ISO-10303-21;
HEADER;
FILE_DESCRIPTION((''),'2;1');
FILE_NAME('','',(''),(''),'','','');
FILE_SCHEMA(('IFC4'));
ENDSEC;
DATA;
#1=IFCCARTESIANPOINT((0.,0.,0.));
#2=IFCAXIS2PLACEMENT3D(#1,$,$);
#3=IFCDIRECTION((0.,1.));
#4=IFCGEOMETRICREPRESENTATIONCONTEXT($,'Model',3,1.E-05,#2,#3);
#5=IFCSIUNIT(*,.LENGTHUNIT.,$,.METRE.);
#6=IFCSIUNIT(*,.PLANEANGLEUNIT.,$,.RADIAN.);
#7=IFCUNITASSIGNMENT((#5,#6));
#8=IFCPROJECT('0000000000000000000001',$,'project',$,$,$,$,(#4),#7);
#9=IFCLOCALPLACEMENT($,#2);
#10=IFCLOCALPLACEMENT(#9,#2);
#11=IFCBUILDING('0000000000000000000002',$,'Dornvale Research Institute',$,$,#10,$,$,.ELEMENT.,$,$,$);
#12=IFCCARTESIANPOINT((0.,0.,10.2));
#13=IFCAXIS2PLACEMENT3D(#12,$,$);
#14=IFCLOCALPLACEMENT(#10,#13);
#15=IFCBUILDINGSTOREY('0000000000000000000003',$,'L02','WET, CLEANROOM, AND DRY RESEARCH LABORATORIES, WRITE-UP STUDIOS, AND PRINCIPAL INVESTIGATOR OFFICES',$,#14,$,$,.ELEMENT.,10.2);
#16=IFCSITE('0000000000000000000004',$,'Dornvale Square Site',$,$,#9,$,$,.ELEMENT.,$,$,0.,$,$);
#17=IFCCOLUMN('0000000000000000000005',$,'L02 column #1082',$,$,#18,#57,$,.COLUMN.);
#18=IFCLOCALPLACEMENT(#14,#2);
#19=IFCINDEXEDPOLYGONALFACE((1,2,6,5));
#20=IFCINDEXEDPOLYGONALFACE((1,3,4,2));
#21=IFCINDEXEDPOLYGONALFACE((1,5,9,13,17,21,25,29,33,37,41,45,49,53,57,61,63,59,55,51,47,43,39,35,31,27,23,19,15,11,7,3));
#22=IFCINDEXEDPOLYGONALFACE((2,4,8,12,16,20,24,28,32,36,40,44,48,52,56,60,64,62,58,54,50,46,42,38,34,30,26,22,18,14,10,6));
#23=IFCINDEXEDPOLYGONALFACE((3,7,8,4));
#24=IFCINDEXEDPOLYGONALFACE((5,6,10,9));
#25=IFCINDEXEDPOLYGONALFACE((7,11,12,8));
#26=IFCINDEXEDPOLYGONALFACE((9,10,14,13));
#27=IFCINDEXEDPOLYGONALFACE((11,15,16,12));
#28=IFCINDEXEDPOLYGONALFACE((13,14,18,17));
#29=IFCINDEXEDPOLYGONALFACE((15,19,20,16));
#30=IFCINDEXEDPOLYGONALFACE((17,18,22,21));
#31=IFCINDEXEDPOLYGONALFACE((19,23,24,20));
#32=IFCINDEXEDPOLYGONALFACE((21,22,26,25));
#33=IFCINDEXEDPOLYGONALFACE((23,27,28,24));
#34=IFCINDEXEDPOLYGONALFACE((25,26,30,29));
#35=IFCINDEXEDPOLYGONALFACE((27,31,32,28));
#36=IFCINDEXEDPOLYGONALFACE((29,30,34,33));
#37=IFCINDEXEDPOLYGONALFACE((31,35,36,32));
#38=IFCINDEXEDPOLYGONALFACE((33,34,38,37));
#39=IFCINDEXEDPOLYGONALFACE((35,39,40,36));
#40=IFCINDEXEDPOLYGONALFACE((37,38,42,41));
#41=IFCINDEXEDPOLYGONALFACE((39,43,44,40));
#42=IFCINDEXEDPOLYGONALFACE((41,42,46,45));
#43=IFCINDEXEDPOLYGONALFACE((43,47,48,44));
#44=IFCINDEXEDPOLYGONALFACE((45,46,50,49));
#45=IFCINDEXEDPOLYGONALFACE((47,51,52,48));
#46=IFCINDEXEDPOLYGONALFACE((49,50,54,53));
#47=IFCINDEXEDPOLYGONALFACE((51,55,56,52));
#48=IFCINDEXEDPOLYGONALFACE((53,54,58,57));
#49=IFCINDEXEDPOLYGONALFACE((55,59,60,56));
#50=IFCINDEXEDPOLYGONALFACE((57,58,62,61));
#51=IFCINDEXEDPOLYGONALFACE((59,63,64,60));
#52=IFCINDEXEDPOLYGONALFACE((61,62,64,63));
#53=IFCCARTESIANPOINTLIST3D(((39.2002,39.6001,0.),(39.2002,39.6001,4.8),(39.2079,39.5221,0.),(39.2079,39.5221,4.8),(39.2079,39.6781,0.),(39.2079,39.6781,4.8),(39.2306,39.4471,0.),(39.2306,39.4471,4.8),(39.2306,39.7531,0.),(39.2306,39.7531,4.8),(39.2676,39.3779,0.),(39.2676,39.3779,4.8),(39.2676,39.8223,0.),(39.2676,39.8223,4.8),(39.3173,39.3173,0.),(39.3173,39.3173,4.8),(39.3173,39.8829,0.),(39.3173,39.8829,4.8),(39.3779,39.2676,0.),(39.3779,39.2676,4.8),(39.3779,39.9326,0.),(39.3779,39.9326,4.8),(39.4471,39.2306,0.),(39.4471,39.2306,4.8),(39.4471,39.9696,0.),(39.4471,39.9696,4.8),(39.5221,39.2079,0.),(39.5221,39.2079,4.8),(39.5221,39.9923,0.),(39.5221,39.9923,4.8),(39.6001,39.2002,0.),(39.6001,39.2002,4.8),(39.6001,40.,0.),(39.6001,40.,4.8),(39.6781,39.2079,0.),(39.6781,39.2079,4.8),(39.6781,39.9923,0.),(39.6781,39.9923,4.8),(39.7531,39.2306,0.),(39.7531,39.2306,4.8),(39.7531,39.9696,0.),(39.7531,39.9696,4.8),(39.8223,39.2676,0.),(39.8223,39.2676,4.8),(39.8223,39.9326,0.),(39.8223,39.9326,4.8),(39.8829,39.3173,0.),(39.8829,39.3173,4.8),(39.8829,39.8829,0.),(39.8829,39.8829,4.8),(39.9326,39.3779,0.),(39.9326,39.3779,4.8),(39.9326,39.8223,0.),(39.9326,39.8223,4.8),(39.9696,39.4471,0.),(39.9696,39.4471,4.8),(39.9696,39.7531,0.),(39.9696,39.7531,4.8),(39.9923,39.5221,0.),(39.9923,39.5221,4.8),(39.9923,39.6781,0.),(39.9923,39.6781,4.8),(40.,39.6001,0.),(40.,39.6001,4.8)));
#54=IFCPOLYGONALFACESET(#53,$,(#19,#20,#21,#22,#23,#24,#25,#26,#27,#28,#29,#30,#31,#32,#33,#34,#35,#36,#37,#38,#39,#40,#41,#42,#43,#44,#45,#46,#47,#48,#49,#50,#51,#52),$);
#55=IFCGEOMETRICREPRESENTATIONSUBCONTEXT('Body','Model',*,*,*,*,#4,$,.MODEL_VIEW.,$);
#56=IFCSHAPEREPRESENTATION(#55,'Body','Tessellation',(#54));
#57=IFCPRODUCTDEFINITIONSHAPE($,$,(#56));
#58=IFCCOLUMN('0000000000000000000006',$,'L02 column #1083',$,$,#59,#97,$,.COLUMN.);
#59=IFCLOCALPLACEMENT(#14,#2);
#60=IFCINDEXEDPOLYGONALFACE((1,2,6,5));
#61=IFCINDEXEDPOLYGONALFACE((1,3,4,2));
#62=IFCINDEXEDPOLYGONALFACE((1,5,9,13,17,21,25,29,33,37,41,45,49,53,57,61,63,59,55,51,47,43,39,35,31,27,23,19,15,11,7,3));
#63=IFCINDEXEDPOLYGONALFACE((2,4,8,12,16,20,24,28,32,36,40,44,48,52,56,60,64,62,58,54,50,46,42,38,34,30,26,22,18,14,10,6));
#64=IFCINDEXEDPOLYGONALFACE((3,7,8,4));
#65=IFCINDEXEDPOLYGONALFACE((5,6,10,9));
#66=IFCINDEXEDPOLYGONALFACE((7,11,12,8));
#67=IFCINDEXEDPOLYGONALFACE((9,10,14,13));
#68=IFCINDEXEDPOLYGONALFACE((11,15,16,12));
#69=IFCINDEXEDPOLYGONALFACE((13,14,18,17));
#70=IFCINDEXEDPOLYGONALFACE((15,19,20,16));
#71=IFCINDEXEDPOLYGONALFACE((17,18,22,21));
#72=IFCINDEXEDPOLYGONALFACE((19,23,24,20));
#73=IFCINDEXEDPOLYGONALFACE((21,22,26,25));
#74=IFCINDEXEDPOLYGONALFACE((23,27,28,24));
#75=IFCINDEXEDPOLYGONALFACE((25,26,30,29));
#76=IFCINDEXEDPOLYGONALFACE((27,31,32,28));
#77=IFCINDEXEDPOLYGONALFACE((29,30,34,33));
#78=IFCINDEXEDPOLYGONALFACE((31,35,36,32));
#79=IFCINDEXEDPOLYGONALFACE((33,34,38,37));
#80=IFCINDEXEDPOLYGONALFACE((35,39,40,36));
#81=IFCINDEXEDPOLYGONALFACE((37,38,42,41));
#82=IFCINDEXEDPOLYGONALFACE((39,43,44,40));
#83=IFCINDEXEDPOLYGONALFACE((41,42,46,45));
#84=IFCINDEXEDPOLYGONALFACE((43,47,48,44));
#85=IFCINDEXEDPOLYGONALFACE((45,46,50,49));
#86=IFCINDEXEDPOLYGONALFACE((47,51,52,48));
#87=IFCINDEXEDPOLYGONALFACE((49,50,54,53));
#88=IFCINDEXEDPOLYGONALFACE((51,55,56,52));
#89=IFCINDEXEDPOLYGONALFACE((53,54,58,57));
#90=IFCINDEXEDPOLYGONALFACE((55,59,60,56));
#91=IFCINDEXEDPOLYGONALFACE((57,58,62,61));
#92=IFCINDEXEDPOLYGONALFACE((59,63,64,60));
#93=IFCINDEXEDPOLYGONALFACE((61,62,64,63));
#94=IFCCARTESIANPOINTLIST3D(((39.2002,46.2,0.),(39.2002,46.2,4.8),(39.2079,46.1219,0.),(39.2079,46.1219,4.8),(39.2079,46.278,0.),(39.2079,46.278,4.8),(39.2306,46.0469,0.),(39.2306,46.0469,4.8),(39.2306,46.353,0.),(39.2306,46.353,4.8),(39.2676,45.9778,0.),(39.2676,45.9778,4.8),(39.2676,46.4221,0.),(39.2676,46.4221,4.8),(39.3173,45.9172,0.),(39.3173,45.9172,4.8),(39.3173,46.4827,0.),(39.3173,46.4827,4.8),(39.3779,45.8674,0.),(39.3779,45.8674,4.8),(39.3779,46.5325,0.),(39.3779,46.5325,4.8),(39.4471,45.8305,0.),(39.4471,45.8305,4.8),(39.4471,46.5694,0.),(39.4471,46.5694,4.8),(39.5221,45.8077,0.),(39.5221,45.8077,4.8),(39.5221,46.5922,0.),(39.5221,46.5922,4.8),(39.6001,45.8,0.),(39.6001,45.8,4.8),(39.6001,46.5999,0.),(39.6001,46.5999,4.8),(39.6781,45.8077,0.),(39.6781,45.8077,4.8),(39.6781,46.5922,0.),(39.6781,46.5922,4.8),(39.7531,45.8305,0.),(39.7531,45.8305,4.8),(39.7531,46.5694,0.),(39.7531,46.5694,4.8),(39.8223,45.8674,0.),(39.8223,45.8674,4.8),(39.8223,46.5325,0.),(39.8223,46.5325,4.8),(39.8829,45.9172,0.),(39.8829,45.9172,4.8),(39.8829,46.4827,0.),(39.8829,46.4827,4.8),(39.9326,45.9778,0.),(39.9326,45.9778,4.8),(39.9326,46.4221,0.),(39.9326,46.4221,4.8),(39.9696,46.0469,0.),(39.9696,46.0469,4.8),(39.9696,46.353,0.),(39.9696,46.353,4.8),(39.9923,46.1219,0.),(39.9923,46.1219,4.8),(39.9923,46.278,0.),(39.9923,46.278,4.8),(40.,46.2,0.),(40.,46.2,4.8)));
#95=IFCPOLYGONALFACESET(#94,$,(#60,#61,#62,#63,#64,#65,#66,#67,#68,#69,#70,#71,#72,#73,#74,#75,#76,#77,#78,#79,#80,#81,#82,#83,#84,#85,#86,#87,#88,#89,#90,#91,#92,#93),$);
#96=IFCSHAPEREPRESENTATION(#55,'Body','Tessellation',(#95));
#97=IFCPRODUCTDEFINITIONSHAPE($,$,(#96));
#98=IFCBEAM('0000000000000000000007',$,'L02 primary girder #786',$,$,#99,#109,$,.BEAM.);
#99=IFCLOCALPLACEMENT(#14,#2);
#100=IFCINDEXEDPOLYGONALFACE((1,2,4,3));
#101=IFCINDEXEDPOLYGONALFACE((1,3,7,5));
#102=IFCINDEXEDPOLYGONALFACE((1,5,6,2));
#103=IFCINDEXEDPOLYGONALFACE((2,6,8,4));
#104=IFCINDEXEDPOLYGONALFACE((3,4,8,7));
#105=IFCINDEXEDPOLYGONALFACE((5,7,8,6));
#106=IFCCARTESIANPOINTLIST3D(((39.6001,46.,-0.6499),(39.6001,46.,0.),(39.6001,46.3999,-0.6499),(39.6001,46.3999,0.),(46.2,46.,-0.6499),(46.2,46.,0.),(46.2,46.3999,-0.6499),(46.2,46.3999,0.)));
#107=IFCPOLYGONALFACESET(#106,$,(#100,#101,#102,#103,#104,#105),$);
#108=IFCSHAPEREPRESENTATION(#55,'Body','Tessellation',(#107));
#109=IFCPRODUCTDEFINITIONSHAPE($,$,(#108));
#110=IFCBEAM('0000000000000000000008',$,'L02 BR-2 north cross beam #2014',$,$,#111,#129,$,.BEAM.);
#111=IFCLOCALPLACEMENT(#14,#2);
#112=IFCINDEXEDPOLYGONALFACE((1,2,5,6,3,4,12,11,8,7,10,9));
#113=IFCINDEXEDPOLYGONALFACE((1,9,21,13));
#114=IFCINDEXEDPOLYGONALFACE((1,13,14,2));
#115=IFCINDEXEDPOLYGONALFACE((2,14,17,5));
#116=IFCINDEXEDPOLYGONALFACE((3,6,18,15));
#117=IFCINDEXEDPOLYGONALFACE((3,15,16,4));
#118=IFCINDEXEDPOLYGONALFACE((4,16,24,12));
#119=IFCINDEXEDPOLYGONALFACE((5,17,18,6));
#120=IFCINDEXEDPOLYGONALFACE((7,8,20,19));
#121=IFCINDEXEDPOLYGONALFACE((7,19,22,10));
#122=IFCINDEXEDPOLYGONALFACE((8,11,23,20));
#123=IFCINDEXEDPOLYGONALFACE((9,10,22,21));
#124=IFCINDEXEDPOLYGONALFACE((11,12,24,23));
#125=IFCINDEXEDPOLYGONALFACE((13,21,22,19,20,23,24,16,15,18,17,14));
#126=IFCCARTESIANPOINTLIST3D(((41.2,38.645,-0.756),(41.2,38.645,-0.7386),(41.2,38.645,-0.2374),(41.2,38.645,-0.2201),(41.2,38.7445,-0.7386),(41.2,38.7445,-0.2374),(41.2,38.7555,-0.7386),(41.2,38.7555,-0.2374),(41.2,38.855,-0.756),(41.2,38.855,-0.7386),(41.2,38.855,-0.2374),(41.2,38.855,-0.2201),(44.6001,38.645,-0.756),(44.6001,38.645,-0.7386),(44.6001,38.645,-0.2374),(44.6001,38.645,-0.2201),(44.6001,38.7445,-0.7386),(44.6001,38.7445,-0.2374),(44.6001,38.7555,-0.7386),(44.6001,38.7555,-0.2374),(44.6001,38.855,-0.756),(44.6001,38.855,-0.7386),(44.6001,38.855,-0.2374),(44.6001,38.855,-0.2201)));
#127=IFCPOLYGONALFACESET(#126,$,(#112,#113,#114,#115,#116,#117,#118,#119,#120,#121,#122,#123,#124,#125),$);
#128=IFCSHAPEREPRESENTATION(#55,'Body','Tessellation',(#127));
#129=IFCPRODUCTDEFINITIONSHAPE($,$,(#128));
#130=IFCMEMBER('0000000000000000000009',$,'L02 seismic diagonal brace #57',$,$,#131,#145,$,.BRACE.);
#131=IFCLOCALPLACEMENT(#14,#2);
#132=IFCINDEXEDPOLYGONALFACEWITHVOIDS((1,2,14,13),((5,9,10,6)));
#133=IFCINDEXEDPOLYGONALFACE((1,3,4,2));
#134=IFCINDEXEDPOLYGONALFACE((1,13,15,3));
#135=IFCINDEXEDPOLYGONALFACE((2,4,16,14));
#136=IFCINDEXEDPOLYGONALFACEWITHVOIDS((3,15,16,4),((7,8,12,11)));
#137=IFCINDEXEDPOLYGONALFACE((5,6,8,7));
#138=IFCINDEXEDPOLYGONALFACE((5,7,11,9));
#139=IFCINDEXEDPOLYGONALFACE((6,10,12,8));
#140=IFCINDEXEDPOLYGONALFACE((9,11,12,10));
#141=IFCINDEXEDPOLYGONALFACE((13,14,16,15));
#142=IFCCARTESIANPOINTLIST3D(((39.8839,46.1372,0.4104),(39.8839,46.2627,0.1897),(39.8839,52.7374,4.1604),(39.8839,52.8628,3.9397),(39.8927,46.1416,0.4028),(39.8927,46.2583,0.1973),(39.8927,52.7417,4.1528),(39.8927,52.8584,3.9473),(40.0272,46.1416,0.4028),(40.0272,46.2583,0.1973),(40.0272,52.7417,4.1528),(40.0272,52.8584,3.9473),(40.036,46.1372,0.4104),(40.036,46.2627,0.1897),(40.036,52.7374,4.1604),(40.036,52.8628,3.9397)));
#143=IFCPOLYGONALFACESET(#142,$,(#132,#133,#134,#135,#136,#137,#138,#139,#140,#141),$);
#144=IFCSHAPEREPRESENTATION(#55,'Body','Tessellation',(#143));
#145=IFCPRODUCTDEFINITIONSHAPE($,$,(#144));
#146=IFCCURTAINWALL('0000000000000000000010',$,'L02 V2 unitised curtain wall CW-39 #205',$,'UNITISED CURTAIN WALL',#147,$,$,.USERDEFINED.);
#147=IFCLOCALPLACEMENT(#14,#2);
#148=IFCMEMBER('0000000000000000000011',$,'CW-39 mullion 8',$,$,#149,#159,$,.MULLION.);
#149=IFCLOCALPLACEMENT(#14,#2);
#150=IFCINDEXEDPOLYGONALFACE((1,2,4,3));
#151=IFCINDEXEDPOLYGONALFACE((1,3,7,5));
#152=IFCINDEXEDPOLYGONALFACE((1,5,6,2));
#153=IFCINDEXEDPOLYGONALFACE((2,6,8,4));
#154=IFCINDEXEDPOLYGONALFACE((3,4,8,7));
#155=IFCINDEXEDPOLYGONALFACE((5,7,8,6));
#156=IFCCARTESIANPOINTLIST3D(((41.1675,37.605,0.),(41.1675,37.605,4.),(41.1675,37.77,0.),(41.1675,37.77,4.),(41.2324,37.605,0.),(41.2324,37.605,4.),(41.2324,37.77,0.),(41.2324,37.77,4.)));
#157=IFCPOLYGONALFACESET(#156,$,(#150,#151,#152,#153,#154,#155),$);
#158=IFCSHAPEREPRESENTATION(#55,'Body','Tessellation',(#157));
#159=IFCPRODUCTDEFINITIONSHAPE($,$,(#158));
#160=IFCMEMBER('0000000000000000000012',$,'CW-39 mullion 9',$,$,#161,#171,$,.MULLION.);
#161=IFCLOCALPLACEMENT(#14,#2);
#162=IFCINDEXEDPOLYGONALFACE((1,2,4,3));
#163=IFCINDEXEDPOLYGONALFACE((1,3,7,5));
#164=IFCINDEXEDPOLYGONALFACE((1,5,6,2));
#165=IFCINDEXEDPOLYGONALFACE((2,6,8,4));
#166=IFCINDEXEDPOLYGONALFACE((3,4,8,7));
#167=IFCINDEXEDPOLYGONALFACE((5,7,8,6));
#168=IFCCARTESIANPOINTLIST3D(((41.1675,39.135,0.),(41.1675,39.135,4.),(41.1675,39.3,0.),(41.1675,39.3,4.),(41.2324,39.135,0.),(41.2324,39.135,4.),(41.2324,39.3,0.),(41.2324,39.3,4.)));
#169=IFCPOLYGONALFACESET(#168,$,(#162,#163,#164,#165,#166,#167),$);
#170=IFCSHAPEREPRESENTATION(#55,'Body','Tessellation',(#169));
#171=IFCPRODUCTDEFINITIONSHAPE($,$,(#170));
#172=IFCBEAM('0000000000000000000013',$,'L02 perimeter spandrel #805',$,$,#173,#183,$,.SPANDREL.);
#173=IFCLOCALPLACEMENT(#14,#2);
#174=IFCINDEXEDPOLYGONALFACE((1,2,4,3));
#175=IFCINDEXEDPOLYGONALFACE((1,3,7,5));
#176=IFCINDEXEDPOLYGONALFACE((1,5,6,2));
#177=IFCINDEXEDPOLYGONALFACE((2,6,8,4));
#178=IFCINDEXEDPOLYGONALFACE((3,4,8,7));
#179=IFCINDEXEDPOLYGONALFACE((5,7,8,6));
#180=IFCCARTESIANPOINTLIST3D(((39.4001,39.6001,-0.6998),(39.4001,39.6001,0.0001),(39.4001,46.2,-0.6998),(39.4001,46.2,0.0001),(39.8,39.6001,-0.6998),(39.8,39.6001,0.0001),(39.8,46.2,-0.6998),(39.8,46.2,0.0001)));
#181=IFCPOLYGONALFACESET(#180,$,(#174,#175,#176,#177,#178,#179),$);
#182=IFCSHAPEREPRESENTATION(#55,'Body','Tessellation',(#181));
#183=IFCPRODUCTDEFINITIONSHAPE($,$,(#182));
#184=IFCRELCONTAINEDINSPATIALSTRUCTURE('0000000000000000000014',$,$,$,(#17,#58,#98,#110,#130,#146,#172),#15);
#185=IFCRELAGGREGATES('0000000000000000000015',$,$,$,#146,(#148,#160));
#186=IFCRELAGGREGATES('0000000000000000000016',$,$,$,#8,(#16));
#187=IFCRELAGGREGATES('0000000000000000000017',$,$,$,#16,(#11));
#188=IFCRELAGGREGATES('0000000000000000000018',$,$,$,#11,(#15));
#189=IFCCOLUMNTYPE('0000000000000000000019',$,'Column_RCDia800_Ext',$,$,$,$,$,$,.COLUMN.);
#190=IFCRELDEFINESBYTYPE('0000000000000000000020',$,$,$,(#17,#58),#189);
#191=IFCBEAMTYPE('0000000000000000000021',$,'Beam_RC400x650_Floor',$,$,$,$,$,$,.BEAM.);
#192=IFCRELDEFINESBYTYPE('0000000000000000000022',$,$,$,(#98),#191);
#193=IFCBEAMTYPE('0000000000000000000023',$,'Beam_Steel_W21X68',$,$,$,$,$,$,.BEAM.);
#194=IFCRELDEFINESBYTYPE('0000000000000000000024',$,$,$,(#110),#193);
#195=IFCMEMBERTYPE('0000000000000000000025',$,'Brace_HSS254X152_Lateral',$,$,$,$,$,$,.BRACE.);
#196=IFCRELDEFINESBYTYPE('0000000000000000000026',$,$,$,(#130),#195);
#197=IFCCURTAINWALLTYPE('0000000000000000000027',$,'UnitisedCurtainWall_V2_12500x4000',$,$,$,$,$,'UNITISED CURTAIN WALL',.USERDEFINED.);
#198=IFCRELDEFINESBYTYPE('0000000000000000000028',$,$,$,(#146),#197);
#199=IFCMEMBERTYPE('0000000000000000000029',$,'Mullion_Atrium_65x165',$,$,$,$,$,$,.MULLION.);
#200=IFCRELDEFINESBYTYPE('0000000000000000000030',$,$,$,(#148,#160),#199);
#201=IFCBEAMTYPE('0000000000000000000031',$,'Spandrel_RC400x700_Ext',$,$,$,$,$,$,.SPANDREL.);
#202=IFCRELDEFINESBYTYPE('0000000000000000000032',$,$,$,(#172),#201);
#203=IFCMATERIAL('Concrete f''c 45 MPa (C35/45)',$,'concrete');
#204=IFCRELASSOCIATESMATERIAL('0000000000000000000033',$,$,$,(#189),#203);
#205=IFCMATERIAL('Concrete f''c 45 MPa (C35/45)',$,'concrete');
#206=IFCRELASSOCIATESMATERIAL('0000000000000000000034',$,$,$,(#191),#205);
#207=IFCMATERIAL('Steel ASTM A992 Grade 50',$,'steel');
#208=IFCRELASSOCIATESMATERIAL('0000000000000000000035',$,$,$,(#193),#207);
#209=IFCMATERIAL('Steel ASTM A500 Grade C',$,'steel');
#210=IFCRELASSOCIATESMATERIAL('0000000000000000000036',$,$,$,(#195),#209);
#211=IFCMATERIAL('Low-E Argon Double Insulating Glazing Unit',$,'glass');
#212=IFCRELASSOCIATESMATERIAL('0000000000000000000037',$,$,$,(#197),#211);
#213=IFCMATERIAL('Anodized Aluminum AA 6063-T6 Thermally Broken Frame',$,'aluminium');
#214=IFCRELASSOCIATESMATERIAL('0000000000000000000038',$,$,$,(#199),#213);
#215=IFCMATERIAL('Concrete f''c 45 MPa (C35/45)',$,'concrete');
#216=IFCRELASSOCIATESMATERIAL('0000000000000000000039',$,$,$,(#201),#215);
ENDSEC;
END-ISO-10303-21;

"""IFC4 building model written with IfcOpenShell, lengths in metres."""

from ifc_helpers import new_model, si_unit, direction, frame, origin, origin_2d, place, context, subcontext, project, spatial, rectangle, hollow_rectangle, circle, i_section, extrude, material, material_profile, profile_set, type_object, element, aggregate, save


model = new_model("IFC4")

# Units and contexts
model_context = context("Model", 3, precision=1e-05, world=origin(), true_north=direction((0.0, 1.0)))
body_context = subcontext(model_context, "Body", "Model", "MODEL_VIEW")
ifc_project = project(units=[si_unit("LENGTHUNIT", "METRE"), si_unit("PLANEANGLEUNIT", "RADIAN")], contexts=[model_context])

# Site, building, storey
site_placement = place(None, origin())
site = spatial("IfcSite", under=ifc_project, at=site_placement, Name="Dornvale Square Site", CompositionType="ELEMENT", RefElevation=0.0)
building_placement = place(site_placement, origin())
building = spatial("IfcBuilding", under=site, at=building_placement, Name="Dornvale Research Institute", CompositionType="ELEMENT")
storey_placement = place(building_placement, frame((0.0, 0.0, 10.2)))
storey = spatial("IfcBuildingStorey", under=building, at=storey_placement, Name="L02", Description="WET, CLEANROOM, AND DRY RESEARCH LABORATORIES, WRITE-UP STUDIOS, AND PRINCIPAL INVESTIGATOR OFFICES", CompositionType="ELEMENT", Elevation=10.2)

# Columns
ifc_material_1 = material(Name="Concrete f'c 45 MPa (C35/45)", Category="concrete")
ifc_material_profile_1 = material_profile(ifc_material_1, circle(Radius=0.3999, at=origin_2d()), Name="RC DIA 800")
ifc_profile_set_1 = profile_set([ifc_material_profile_1], Name="Concrete f'c 45 MPa (C35/45)")
column_type = type_object("IfcColumnType", Name="Column_RCDia800_Ext", PredefinedType="COLUMN", material=ifc_profile_set_1)
for number, where, z_axis, x_axis, name in (
    (1, (39.6001, 39.6001, 0.0), (0.0, 0.0, 1.0), (1.0, 0.0, 0.0), "L02 column #1082"),
    (2, (39.6001, 46.2, 0.0), (0.0, 0.0, 1.0), (1.0, 0.0, 0.0), "L02 column #1083"),
):
    element("IfcColumn", number, at=place(storey_placement, frame(where, z_axis=z_axis, x_axis=x_axis)), inside=storey, type_object=column_type, Name=name, PredefinedType="COLUMN", context=body_context, shape_type="SweptSolid", body=[
        extrude(circle(Radius=0.3999, at=origin_2d()), origin(), (0.0, 0.0, 1.0), 4.8),
    ])

# Beams
ifc_material_2 = material(Name="Concrete f'c 45 MPa (C35/45)", Category="concrete")
ifc_material_profile_2 = material_profile(ifc_material_2, rectangle(XDim=0.3999, YDim=0.6499, at=origin_2d()), Name="RC 400x650")
ifc_profile_set_2 = profile_set([ifc_material_profile_2], Name="Concrete f'c 45 MPa (C35/45)")
beam_type_1 = type_object("IfcBeamType", Name="Beam_RC400x650_Floor", PredefinedType="BEAM", material=ifc_profile_set_2)
beam_1_placement = place(storey_placement, frame((39.6001, 46.2, -0.325), z_axis=(1.0, 0.0, 0.0), x_axis=(0.0, 1.0, 0.0)))
element("IfcBeam", 3, at=beam_1_placement, inside=storey, type_object=beam_type_1, Name="L02 primary girder #786", PredefinedType="BEAM", context=body_context, shape_type="SweptSolid", body=[
    extrude(rectangle(XDim=0.3999, YDim=0.6499, at=origin_2d()), origin(), (0.0, 0.0, 1.0), 6.5999),
])
ifc_material_3 = material(Name="Steel ASTM A992 Grade 50", Category="steel")
ifc_material_profile_3 = material_profile(ifc_material_3, i_section(OverallWidth=0.21, OverallDepth=0.5359, WebThickness=0.011, FlangeThickness=0.0173, at=origin_2d()), Name="W21X68")
ifc_profile_set_3 = profile_set([ifc_material_profile_3], Name="Steel ASTM A992 Grade 50")
beam_type_2 = type_object("IfcBeamType", Name="Beam_Steel_W21X68", PredefinedType="BEAM", material=ifc_profile_set_3)
beam_2_placement = place(storey_placement, frame((41.2, 38.75, -0.488), z_axis=(1.0, 0.0, 0.0), x_axis=(0.0, 1.0, 0.0)))
element("IfcBeam", 4, at=beam_2_placement, inside=storey, type_object=beam_type_2, Name="L02 BR-2 north cross beam #2014", PredefinedType="BEAM", context=body_context, shape_type="SweptSolid", body=[
    extrude(i_section(OverallWidth=0.21, OverallDepth=0.5359, WebThickness=0.011, FlangeThickness=0.0173, at=origin_2d()), origin(), (0.0, 0.0, 1.0), 3.4001),
])

# Member
ifc_material_4 = material(Name="Steel ASTM A500 Grade C", Category="steel")
ifc_material_profile_4 = material_profile(ifc_material_4, hollow_rectangle(XDim=0.1521, YDim=0.2539, WallThickness=0.0088, at=origin_2d()), Name="HSS254X152X9.5")
ifc_profile_set_4 = profile_set([ifc_material_profile_4], Name="Steel ASTM A500 Grade C")
member_type_1 = type_object("IfcMemberType", Name="Brace_HSS254X152_Lateral", PredefinedType="BRACE", material=ifc_profile_set_4)
member_1_placement = place(storey_placement, frame((39.96, 46.2, 0.3), z_axis=(0.0, 0.86946, 0.494004), x_axis=(-1.0, 0.0, 0.0)))
element("IfcMember", 5, at=member_1_placement, inside=storey, type_object=member_type_1, Name="L02 seismic diagonal brace #57", PredefinedType="BRACE", context=body_context, shape_type="SweptSolid", body=[
    extrude(hollow_rectangle(XDim=0.1521, YDim=0.2539, WallThickness=0.0088, at=origin_2d()), origin(), (0.0, 0.0, 1.0), 7.5911),
])

# Curtain wall, members
ifc_material_5 = material(Name="Low-E Argon Double Insulating Glazing Unit", Category="glass")
curtain_wall_type = type_object("IfcCurtainWallType", Name="UnitisedCurtainWall_V2_12500x4000", ElementType="UNITISED CURTAIN WALL", PredefinedType="USERDEFINED", material=ifc_material_5)
curtain_wall_placement = place(storey_placement, origin())
curtain_wall = element("IfcCurtainWall", 6, at=curtain_wall_placement, inside=storey, type_object=curtain_wall_type, Name="L02 V2 unitised curtain wall CW-39 #205", ObjectType="UNITISED CURTAIN WALL", PredefinedType="USERDEFINED")
ifc_material_6 = material(Name="Anodized Aluminum AA 6063-T6 Thermally Broken Frame", Category="aluminium")
ifc_material_profile_5 = material_profile(ifc_material_6, rectangle(XDim=0.0649, YDim=0.165, at=origin_2d()), Name="ALU MULLION 65x165")
ifc_profile_set_5 = profile_set([ifc_material_profile_5], Name="Anodized Aluminum AA 6063-T6 Thermally Broken Frame")
member_type_2 = type_object("IfcMemberType", Name="Mullion_Atrium_65x165", PredefinedType="MULLION", material=ifc_profile_set_5)
member_2_placement = place(storey_placement, frame((41.2, 37.6875, 0.0), z_axis=(0.0, 0.0, 1.0), x_axis=(-1.0, 0.0, 0.0)))
member_2 = element("IfcMember", 7, at=member_2_placement, type_object=member_type_2, Name="CW-39 mullion 8", PredefinedType="MULLION", context=body_context, shape_type="SweptSolid", body=[
    extrude(rectangle(XDim=0.0649, YDim=0.165, at=origin_2d()), origin(), (0.0, 0.0, 1.0), 4.0),
])
member_3_placement = place(storey_placement, frame((41.2, 39.2175, 0.0), z_axis=(0.0, 0.0, 1.0), x_axis=(-1.0, 0.0, 0.0)))
member_3 = element("IfcMember", 8, at=member_3_placement, type_object=member_type_2, Name="CW-39 mullion 9", PredefinedType="MULLION", context=body_context, shape_type="SweptSolid", body=[
    extrude(rectangle(XDim=0.0649, YDim=0.165, at=origin_2d()), origin(), (0.0, 0.0, 1.0), 4.0),
])

# Beam
ifc_material_7 = material(Name="Concrete f'c 45 MPa (C35/45)", Category="concrete")
ifc_material_profile_6 = material_profile(ifc_material_7, rectangle(XDim=0.3999, YDim=0.7, at=origin_2d()), Name="RC 400x700")
ifc_profile_set_6 = profile_set([ifc_material_profile_6], Name="Concrete f'c 45 MPa (C35/45)")
beam_type_3 = type_object("IfcBeamType", Name="Spandrel_RC400x700_Ext", PredefinedType="SPANDREL", material=ifc_profile_set_6)
beam_3_placement = place(storey_placement, frame((39.6001, 39.6001, -0.3499), z_axis=(0.0, 1.0, 0.0), x_axis=(-1.0, 0.0, 0.0)))
element("IfcBeam", 9, at=beam_3_placement, inside=storey, type_object=beam_type_3, Name="L02 perimeter spandrel #805", PredefinedType="SPANDREL", context=body_context, shape_type="SweptSolid", body=[
    extrude(rectangle(XDim=0.3999, YDim=0.7, at=origin_2d()), origin(), (0.0, 0.0, 1.0), 6.5999),
])

aggregate(curtain_wall, [member_2, member_3])

save(model, "model.ifc")
